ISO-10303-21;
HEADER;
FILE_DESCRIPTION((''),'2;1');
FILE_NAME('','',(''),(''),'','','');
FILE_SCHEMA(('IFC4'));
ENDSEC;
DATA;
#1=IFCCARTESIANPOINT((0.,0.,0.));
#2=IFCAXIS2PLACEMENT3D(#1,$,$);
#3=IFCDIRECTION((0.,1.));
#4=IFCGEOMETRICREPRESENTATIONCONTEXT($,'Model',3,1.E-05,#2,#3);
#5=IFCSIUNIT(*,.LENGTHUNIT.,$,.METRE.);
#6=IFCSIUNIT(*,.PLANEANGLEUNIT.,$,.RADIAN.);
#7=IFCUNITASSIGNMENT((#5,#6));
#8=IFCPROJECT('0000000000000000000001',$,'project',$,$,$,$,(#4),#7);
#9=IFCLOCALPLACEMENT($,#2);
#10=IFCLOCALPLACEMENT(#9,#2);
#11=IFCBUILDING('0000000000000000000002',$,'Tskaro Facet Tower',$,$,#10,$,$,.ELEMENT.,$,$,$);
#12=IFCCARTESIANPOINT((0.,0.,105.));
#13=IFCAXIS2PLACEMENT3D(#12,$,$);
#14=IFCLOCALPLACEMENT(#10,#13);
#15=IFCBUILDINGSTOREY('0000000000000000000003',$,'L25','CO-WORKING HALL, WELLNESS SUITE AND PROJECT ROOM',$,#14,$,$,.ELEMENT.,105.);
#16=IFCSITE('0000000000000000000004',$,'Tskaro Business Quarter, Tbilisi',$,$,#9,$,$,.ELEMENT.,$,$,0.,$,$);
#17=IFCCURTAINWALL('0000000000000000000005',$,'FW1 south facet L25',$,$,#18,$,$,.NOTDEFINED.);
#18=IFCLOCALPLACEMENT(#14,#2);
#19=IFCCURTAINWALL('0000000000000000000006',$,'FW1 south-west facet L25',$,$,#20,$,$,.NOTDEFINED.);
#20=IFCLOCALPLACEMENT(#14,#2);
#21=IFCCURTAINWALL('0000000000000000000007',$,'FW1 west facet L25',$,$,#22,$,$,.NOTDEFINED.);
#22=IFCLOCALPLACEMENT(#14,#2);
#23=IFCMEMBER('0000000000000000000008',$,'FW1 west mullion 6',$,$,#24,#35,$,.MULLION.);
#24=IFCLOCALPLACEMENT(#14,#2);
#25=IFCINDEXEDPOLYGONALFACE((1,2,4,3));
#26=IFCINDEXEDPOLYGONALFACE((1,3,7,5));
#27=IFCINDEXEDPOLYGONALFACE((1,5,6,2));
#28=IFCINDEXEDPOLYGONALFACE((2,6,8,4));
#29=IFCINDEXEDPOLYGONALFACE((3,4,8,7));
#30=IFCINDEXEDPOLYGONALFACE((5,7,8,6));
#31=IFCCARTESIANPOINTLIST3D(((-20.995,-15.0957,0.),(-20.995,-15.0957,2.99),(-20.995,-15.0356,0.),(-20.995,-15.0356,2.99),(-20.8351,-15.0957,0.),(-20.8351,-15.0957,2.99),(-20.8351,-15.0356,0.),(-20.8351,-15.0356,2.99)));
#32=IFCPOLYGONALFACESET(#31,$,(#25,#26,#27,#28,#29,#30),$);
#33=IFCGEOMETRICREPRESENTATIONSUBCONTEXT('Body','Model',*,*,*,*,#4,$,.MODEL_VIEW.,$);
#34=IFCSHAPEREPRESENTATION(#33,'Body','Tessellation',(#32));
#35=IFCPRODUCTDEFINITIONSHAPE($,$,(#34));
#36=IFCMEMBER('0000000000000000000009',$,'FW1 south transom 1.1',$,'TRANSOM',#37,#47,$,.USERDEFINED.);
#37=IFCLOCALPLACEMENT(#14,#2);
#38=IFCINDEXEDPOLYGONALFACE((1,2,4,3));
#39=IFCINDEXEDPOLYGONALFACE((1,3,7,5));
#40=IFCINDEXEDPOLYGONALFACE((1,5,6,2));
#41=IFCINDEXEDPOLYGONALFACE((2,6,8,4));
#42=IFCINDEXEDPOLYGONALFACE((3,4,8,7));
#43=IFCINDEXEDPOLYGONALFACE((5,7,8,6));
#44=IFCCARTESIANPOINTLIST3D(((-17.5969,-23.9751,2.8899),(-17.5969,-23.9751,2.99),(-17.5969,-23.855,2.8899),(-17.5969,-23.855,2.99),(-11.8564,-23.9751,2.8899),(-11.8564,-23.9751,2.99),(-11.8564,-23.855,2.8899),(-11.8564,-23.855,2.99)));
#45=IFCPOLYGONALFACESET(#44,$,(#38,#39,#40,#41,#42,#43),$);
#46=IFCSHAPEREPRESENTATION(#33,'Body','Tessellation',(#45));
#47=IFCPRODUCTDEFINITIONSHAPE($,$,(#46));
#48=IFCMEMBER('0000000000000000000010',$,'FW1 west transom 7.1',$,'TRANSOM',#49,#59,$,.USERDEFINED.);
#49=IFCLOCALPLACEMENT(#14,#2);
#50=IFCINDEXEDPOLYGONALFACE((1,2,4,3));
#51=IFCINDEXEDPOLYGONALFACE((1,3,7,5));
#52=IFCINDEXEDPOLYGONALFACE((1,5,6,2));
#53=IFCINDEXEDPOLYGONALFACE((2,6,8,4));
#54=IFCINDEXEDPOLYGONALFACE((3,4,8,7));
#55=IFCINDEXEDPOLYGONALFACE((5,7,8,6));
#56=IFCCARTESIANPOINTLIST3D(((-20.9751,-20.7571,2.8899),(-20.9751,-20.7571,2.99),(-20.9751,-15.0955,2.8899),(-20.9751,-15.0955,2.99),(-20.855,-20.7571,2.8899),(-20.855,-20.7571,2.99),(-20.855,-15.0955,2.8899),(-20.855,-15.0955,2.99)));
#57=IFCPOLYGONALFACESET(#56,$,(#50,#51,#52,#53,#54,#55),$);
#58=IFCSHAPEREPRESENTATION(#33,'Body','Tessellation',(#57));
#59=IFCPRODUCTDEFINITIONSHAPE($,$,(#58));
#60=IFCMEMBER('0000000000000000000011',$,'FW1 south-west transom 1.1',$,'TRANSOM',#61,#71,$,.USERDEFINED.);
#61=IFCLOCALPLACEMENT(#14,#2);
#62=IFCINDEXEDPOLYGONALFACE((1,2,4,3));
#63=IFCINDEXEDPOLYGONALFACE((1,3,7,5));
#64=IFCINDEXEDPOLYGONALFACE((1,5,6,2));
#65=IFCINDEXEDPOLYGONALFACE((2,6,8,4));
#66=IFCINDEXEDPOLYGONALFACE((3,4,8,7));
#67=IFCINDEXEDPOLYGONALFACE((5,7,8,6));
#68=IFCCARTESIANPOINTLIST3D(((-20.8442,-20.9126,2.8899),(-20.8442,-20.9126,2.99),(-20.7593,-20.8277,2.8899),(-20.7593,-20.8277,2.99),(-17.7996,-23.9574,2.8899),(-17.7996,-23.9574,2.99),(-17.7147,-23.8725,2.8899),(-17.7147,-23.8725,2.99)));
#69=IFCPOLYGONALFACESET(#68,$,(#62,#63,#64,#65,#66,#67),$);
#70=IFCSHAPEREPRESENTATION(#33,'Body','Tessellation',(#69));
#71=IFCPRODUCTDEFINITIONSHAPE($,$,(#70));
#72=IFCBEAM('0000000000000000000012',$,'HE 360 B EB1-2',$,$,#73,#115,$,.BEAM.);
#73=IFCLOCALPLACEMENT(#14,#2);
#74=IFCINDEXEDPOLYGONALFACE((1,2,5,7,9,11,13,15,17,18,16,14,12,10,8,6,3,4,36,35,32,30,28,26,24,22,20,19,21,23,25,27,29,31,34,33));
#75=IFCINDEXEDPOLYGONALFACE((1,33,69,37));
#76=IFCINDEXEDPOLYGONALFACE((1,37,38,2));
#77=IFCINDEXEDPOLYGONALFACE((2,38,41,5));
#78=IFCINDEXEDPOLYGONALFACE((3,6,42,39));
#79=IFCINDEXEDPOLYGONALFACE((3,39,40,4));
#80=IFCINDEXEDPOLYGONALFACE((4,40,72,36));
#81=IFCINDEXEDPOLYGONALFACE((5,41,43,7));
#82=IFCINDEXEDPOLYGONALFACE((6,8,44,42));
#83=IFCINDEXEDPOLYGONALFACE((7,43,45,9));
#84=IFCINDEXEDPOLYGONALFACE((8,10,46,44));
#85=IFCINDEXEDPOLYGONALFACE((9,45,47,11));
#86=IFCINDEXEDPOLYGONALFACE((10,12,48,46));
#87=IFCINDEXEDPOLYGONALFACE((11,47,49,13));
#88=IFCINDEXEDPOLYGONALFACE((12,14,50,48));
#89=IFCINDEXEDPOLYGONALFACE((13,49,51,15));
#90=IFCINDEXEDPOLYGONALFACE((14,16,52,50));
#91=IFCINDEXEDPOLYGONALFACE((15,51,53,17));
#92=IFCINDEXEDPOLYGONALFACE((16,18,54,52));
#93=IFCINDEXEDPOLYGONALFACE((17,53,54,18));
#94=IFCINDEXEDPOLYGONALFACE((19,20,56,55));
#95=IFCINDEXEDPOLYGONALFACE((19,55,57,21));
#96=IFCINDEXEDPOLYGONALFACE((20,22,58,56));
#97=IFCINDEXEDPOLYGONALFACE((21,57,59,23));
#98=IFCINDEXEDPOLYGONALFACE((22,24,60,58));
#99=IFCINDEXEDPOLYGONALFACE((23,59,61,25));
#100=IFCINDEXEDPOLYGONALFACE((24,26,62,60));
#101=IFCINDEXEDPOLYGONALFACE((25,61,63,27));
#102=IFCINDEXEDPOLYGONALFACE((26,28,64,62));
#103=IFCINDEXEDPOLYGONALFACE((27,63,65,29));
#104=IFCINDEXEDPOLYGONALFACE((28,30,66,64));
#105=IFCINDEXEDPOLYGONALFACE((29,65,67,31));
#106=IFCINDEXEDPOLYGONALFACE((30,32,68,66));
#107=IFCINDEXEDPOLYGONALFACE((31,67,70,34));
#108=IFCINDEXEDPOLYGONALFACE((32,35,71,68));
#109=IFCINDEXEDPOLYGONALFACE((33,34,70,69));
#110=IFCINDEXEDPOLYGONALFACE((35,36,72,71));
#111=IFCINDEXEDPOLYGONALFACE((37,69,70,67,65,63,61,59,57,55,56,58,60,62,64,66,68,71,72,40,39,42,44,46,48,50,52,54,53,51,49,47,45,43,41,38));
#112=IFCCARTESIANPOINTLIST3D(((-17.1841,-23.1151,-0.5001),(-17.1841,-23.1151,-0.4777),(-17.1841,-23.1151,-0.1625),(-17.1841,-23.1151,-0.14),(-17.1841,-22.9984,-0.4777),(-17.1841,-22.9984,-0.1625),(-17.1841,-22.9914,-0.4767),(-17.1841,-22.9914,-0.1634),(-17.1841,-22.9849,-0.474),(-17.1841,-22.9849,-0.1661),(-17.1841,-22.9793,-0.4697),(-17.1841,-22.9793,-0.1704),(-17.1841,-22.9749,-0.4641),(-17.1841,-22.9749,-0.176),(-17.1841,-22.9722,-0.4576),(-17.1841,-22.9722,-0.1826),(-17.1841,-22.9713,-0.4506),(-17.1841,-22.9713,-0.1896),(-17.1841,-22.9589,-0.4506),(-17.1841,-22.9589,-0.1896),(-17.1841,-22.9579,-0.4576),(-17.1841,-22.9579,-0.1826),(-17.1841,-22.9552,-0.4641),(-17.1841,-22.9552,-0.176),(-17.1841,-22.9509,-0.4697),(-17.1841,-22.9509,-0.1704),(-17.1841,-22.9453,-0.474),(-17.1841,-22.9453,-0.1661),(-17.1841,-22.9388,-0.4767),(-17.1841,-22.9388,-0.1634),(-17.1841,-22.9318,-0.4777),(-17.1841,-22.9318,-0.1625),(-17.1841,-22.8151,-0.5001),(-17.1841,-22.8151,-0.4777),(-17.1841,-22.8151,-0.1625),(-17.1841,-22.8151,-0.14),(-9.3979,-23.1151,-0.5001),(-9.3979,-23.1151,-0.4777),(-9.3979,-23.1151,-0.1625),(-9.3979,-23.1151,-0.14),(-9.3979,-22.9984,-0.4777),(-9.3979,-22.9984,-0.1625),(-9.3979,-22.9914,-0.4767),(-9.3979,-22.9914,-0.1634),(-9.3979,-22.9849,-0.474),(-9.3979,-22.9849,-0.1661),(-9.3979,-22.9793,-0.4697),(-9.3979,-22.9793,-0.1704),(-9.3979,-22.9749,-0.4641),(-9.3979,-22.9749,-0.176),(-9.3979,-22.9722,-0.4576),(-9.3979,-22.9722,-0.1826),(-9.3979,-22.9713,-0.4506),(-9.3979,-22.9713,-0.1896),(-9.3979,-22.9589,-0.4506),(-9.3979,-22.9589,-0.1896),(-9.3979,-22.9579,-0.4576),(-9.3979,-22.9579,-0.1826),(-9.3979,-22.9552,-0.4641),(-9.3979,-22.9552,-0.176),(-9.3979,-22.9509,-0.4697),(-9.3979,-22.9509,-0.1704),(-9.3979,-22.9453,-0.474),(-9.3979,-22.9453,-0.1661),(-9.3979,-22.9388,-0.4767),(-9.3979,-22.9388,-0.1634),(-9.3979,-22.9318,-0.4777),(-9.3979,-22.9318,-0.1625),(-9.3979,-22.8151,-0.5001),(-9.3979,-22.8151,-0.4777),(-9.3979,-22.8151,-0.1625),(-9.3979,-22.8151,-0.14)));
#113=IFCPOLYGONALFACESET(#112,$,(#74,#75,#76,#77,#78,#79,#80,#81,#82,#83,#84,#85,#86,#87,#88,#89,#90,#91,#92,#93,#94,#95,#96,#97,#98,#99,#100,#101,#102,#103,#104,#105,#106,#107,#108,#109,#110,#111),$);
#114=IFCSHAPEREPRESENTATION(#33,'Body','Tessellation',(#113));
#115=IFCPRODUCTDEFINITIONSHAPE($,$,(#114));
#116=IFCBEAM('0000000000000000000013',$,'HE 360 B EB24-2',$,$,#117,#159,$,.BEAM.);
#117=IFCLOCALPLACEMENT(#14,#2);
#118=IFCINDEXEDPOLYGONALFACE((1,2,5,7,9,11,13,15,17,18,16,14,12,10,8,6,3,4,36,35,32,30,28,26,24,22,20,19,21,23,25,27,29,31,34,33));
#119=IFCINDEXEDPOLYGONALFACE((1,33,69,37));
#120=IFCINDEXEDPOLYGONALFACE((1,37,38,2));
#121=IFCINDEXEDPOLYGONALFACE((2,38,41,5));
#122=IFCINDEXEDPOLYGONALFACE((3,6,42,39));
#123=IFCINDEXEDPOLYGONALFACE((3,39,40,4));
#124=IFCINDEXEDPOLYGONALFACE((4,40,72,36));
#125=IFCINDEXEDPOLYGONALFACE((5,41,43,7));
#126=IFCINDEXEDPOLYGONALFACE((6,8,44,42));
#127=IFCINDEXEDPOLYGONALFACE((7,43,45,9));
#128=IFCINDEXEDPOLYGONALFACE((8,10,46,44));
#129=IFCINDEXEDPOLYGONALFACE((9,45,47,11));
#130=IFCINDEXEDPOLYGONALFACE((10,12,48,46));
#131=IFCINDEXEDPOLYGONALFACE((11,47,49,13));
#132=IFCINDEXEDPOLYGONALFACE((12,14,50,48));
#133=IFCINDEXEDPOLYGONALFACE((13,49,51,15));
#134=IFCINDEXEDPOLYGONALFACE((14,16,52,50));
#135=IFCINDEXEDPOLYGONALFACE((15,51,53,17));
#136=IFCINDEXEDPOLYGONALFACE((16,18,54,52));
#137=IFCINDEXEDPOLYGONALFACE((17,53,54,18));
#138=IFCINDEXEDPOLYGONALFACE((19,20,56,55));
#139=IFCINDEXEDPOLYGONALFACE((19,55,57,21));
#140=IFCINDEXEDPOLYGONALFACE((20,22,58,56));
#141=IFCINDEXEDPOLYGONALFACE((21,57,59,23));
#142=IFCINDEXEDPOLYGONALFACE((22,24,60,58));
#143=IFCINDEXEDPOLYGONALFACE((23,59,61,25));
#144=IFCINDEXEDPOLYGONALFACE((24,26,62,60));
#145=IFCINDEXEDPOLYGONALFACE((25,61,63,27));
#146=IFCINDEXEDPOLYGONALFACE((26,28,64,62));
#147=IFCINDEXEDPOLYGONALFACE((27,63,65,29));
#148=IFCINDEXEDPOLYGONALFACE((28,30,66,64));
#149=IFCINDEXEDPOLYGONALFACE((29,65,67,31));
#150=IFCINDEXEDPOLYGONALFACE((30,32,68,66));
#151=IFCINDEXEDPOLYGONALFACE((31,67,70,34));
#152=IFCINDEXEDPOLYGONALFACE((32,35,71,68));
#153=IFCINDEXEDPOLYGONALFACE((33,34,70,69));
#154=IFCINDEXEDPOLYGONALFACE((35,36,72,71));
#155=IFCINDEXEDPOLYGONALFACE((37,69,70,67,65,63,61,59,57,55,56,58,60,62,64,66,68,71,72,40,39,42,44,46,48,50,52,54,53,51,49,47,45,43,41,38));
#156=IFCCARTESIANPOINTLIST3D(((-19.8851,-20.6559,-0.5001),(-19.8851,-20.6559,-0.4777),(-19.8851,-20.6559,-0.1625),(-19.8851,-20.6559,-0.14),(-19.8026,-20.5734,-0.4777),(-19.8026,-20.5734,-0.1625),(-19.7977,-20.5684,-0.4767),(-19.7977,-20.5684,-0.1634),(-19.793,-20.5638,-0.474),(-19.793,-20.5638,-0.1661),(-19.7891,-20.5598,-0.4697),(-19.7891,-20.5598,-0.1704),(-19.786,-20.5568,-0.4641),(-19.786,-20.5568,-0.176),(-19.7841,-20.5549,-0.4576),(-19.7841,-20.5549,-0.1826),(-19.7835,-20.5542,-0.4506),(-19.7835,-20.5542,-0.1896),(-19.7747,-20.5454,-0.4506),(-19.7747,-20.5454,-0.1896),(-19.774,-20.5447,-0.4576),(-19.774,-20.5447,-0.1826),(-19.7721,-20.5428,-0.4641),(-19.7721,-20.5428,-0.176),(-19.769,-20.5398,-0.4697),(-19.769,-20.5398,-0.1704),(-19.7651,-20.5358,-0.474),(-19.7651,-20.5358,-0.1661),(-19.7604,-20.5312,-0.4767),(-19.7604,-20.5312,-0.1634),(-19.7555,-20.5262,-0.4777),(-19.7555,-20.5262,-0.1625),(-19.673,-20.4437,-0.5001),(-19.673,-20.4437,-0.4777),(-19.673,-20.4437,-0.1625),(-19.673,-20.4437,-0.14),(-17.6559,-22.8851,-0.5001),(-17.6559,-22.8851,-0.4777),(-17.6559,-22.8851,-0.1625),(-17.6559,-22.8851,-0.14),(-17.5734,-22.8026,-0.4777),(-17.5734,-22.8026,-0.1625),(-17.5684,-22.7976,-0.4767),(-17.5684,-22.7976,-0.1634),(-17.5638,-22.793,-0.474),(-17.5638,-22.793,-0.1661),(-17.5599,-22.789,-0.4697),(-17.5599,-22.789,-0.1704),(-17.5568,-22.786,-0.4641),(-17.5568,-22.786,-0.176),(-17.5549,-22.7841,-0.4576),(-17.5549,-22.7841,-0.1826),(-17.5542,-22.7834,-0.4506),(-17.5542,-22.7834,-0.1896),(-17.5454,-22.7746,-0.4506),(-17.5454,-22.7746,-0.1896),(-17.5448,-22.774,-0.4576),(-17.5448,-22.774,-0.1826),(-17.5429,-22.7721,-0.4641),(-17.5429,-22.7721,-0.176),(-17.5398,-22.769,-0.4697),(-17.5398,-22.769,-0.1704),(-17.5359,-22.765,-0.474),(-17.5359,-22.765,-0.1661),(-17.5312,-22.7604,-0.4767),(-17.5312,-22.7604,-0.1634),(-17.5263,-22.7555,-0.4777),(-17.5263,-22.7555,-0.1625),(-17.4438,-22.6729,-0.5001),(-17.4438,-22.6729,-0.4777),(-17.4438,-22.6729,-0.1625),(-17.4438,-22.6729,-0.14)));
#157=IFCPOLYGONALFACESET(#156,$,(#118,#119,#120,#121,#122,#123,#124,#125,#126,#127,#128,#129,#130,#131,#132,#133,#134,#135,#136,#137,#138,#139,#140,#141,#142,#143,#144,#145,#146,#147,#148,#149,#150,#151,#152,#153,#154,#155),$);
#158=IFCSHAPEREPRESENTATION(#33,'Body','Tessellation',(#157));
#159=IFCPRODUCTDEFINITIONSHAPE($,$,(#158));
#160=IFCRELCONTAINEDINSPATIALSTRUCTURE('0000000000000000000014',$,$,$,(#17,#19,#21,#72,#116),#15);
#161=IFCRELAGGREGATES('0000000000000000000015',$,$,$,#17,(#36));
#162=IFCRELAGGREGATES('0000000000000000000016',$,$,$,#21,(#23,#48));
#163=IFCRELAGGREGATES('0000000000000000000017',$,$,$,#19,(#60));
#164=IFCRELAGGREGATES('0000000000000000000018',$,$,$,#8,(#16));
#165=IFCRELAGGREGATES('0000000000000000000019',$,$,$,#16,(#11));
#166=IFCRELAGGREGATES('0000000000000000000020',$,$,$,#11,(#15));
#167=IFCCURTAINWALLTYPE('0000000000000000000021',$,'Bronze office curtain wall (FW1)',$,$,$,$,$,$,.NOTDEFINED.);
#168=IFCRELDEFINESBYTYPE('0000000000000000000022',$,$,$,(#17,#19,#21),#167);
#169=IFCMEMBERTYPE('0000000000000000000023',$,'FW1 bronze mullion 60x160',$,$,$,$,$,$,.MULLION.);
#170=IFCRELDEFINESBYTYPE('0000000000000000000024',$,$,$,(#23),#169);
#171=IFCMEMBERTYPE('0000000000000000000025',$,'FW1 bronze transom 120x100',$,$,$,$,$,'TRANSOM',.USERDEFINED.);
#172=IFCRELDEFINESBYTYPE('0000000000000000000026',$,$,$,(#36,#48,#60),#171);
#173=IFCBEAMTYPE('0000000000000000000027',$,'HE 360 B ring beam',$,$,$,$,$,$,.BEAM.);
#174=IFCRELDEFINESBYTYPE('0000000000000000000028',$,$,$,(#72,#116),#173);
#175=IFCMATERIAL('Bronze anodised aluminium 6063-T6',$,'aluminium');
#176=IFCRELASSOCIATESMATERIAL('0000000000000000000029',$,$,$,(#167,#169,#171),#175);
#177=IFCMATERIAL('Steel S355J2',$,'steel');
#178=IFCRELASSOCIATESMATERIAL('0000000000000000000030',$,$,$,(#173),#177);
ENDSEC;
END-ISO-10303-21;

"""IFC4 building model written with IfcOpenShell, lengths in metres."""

from ifc_helpers import new_model, si_unit, direction, frame, origin, origin_2d, place, context, subcontext, project, spatial, rectangle, i_section, extrude, material, material_profile, profile_set, type_object, element, aggregate, save


model = new_model("IFC4")

# Units and contexts
model_context = context("Model", 3, precision=1e-05, world=origin(), true_north=direction((0.0, 1.0)))
body_context = subcontext(model_context, "Body", "Model", "MODEL_VIEW")
ifc_project = project(units=[si_unit("LENGTHUNIT", "METRE"), si_unit("PLANEANGLEUNIT", "RADIAN")], contexts=[model_context])

# Site, building, storey
site_placement = place(None, origin())
site = spatial("IfcSite", under=ifc_project, at=site_placement, Name="Tskaro Business Quarter, Tbilisi", CompositionType="ELEMENT", RefElevation=0.0)
building_placement = place(site_placement, origin())
building = spatial("IfcBuilding", under=site, at=building_placement, Name="Tskaro Facet Tower", CompositionType="ELEMENT")
storey_placement = place(building_placement, frame((0.0, 0.0, 105.0)))
storey = spatial("IfcBuildingStorey", under=building, at=storey_placement, Name="L25", Description="CO-WORKING HALL, WELLNESS SUITE AND PROJECT ROOM", CompositionType="ELEMENT", Elevation=105.0)

# Curtain walls, member
ifc_material_1 = material(Name="Bronze anodised aluminium 6063-T6", Category="aluminium")
curtain_wall_type = type_object("IfcCurtainWallType", Name="Bronze office curtain wall (FW1)", PredefinedType="NOTDEFINED", material=ifc_material_1)
curtain_wall_1_placement = place(storey_placement, origin())
curtain_wall_1 = element("IfcCurtainWall", 1, at=curtain_wall_1_placement, inside=storey, type_object=curtain_wall_type, Name="FW1 south facet L25", PredefinedType="NOTDEFINED")
curtain_wall_2_placement = place(storey_placement, origin())
curtain_wall_2 = element("IfcCurtainWall", 2, at=curtain_wall_2_placement, inside=storey, type_object=curtain_wall_type, Name="FW1 south-west facet L25", PredefinedType="NOTDEFINED")
curtain_wall_3_placement = place(storey_placement, origin())
curtain_wall_3 = element("IfcCurtainWall", 3, at=curtain_wall_3_placement, inside=storey, type_object=curtain_wall_type, Name="FW1 west facet L25", PredefinedType="NOTDEFINED")
ifc_material_profile_1 = material_profile(ifc_material_1, rectangle(XDim=0.0601, YDim=0.1599, at=origin_2d()), Name="Mullion 60x160")
ifc_profile_set_1 = profile_set([ifc_material_profile_1], Name="Bronze anodised aluminium 6063-T6")
member_type_1 = type_object("IfcMemberType", Name="FW1 bronze mullion 60x160", PredefinedType="MULLION", material=ifc_profile_set_1)
member_1_placement = place(storey_placement, frame((-20.915, -15.0657, 0.0), z_axis=(0.0, 0.0, 1.0), x_axis=(0.0, -1.0, 0.0)))
member_1 = element("IfcMember", 4, at=member_1_placement, type_object=member_type_1, Name="FW1 west mullion 6", PredefinedType="MULLION", context=body_context, shape_type="SweptSolid", body=[
    extrude(rectangle(XDim=0.0601, YDim=0.1599, at=origin_2d()), origin(), (0.0, 0.0, 1.0), 2.99),
])

# Members
ifc_material_profile_2 = material_profile(ifc_material_1, rectangle(XDim=0.1201, YDim=0.1001, at=origin_2d()), Name="Transom 120x100")
ifc_profile_set_2 = profile_set([ifc_material_profile_2], Name="Bronze anodised aluminium 6063-T6")
member_type_2 = type_object("IfcMemberType", Name="FW1 bronze transom 120x100", ElementType="TRANSOM", PredefinedType="USERDEFINED", material=ifc_profile_set_2)
member_2_placement = place(storey_placement, frame((-17.5969, -23.915, 2.9399), z_axis=(1.0, 0.0, 0.0), x_axis=(0.0, 1.0, 0.0)))
member_2 = element("IfcMember", 5, at=member_2_placement, type_object=member_type_2, Name="FW1 south transom 1.1", ObjectType="TRANSOM", PredefinedType="USERDEFINED", context=body_context, shape_type="SweptSolid", body=[
    extrude(rectangle(XDim=0.1201, YDim=0.1001, at=origin_2d()), origin(), (0.0, 0.0, 1.0), 5.7405),
])
member_3_placement = place(storey_placement, frame((-20.915, -15.0955, 2.9399), z_axis=(0.0, -1.0, 0.0), x_axis=(1.0, 0.0, 0.0)))
member_3 = element("IfcMember", 6, at=member_3_placement, type_object=member_type_2, Name="FW1 west transom 7.1", ObjectType="TRANSOM", PredefinedType="USERDEFINED", context=body_context, shape_type="SweptSolid", body=[
    extrude(rectangle(XDim=0.1201, YDim=0.1001, at=origin_2d()), origin(), (0.0, 0.0, 1.0), 5.6616),
])
member_4_placement = place(storey_placement, frame((-20.8018, -20.8701, 2.9399), z_axis=(0.707078, -0.707135, 0.0), x_axis=(0.707135, 0.707078, 0.0)))
member_4 = element("IfcMember", 7, at=member_4_placement, type_object=member_type_2, Name="FW1 south-west transom 1.1", ObjectType="TRANSOM", PredefinedType="USERDEFINED", context=body_context, shape_type="SweptSolid", body=[
    extrude(rectangle(XDim=0.1201, YDim=0.1001, at=origin_2d()), origin(), (0.0, 0.0, 1.0), 4.3059),
])

# Beams
ifc_material_2 = material(Name="Steel S355J2", Category="steel")
ifc_material_profile_3 = material_profile(ifc_material_2, i_section(OverallWidth=0.3, OverallDepth=0.3601, WebThickness=0.0125, FlangeThickness=0.0225, FilletRadius=0.0271, at=origin_2d()), Name="HE 360 B")
ifc_profile_set_3 = profile_set([ifc_material_profile_3], Name="Steel S355J2")
beam_type_1 = type_object("IfcBeamType", Name="HE 360 B ring beam", PredefinedType="BEAM", material=ifc_profile_set_3)
beam_1_placement = place(storey_placement, frame((-17.1841, -22.9651, -0.3201), z_axis=(1.0, 0.0, 0.0), x_axis=(0.0, 1.0, 0.0)))
element("IfcBeam", 8, at=beam_1_placement, inside=storey, type_object=beam_type_1, Name="HE 360 B EB1-2", PredefinedType="BEAM", context=body_context, shape_type="SweptSolid", body=[
    extrude(i_section(OverallWidth=0.3, OverallDepth=0.3601, WebThickness=0.0125, FlangeThickness=0.0225, FilletRadius=0.0271, at=origin_2d()), origin(), (0.0, 0.0, 1.0), 7.7861),
])
beam_2_placement = place(storey_placement, frame((-19.7791, -20.5498, -0.3201), z_axis=(0.707107, -0.707107, 0.0), x_axis=(0.707107, 0.707107, 0.0)))
element("IfcBeam", 9, at=beam_2_placement, inside=storey, type_object=beam_type_1, Name="HE 360 B EB24-2", PredefinedType="BEAM", context=body_context, shape_type="SweptSolid", body=[
    extrude(i_section(OverallWidth=0.3, OverallDepth=0.3601, WebThickness=0.0125, FlangeThickness=0.0225, FilletRadius=0.0271, at=origin_2d()), origin(), (0.0, 0.0, 1.0), 3.1526),
])

aggregate(curtain_wall_1, [member_2])
aggregate(curtain_wall_3, [member_1, member_3])
aggregate(curtain_wall_2, [member_4])

save(model, "model.ifc")
